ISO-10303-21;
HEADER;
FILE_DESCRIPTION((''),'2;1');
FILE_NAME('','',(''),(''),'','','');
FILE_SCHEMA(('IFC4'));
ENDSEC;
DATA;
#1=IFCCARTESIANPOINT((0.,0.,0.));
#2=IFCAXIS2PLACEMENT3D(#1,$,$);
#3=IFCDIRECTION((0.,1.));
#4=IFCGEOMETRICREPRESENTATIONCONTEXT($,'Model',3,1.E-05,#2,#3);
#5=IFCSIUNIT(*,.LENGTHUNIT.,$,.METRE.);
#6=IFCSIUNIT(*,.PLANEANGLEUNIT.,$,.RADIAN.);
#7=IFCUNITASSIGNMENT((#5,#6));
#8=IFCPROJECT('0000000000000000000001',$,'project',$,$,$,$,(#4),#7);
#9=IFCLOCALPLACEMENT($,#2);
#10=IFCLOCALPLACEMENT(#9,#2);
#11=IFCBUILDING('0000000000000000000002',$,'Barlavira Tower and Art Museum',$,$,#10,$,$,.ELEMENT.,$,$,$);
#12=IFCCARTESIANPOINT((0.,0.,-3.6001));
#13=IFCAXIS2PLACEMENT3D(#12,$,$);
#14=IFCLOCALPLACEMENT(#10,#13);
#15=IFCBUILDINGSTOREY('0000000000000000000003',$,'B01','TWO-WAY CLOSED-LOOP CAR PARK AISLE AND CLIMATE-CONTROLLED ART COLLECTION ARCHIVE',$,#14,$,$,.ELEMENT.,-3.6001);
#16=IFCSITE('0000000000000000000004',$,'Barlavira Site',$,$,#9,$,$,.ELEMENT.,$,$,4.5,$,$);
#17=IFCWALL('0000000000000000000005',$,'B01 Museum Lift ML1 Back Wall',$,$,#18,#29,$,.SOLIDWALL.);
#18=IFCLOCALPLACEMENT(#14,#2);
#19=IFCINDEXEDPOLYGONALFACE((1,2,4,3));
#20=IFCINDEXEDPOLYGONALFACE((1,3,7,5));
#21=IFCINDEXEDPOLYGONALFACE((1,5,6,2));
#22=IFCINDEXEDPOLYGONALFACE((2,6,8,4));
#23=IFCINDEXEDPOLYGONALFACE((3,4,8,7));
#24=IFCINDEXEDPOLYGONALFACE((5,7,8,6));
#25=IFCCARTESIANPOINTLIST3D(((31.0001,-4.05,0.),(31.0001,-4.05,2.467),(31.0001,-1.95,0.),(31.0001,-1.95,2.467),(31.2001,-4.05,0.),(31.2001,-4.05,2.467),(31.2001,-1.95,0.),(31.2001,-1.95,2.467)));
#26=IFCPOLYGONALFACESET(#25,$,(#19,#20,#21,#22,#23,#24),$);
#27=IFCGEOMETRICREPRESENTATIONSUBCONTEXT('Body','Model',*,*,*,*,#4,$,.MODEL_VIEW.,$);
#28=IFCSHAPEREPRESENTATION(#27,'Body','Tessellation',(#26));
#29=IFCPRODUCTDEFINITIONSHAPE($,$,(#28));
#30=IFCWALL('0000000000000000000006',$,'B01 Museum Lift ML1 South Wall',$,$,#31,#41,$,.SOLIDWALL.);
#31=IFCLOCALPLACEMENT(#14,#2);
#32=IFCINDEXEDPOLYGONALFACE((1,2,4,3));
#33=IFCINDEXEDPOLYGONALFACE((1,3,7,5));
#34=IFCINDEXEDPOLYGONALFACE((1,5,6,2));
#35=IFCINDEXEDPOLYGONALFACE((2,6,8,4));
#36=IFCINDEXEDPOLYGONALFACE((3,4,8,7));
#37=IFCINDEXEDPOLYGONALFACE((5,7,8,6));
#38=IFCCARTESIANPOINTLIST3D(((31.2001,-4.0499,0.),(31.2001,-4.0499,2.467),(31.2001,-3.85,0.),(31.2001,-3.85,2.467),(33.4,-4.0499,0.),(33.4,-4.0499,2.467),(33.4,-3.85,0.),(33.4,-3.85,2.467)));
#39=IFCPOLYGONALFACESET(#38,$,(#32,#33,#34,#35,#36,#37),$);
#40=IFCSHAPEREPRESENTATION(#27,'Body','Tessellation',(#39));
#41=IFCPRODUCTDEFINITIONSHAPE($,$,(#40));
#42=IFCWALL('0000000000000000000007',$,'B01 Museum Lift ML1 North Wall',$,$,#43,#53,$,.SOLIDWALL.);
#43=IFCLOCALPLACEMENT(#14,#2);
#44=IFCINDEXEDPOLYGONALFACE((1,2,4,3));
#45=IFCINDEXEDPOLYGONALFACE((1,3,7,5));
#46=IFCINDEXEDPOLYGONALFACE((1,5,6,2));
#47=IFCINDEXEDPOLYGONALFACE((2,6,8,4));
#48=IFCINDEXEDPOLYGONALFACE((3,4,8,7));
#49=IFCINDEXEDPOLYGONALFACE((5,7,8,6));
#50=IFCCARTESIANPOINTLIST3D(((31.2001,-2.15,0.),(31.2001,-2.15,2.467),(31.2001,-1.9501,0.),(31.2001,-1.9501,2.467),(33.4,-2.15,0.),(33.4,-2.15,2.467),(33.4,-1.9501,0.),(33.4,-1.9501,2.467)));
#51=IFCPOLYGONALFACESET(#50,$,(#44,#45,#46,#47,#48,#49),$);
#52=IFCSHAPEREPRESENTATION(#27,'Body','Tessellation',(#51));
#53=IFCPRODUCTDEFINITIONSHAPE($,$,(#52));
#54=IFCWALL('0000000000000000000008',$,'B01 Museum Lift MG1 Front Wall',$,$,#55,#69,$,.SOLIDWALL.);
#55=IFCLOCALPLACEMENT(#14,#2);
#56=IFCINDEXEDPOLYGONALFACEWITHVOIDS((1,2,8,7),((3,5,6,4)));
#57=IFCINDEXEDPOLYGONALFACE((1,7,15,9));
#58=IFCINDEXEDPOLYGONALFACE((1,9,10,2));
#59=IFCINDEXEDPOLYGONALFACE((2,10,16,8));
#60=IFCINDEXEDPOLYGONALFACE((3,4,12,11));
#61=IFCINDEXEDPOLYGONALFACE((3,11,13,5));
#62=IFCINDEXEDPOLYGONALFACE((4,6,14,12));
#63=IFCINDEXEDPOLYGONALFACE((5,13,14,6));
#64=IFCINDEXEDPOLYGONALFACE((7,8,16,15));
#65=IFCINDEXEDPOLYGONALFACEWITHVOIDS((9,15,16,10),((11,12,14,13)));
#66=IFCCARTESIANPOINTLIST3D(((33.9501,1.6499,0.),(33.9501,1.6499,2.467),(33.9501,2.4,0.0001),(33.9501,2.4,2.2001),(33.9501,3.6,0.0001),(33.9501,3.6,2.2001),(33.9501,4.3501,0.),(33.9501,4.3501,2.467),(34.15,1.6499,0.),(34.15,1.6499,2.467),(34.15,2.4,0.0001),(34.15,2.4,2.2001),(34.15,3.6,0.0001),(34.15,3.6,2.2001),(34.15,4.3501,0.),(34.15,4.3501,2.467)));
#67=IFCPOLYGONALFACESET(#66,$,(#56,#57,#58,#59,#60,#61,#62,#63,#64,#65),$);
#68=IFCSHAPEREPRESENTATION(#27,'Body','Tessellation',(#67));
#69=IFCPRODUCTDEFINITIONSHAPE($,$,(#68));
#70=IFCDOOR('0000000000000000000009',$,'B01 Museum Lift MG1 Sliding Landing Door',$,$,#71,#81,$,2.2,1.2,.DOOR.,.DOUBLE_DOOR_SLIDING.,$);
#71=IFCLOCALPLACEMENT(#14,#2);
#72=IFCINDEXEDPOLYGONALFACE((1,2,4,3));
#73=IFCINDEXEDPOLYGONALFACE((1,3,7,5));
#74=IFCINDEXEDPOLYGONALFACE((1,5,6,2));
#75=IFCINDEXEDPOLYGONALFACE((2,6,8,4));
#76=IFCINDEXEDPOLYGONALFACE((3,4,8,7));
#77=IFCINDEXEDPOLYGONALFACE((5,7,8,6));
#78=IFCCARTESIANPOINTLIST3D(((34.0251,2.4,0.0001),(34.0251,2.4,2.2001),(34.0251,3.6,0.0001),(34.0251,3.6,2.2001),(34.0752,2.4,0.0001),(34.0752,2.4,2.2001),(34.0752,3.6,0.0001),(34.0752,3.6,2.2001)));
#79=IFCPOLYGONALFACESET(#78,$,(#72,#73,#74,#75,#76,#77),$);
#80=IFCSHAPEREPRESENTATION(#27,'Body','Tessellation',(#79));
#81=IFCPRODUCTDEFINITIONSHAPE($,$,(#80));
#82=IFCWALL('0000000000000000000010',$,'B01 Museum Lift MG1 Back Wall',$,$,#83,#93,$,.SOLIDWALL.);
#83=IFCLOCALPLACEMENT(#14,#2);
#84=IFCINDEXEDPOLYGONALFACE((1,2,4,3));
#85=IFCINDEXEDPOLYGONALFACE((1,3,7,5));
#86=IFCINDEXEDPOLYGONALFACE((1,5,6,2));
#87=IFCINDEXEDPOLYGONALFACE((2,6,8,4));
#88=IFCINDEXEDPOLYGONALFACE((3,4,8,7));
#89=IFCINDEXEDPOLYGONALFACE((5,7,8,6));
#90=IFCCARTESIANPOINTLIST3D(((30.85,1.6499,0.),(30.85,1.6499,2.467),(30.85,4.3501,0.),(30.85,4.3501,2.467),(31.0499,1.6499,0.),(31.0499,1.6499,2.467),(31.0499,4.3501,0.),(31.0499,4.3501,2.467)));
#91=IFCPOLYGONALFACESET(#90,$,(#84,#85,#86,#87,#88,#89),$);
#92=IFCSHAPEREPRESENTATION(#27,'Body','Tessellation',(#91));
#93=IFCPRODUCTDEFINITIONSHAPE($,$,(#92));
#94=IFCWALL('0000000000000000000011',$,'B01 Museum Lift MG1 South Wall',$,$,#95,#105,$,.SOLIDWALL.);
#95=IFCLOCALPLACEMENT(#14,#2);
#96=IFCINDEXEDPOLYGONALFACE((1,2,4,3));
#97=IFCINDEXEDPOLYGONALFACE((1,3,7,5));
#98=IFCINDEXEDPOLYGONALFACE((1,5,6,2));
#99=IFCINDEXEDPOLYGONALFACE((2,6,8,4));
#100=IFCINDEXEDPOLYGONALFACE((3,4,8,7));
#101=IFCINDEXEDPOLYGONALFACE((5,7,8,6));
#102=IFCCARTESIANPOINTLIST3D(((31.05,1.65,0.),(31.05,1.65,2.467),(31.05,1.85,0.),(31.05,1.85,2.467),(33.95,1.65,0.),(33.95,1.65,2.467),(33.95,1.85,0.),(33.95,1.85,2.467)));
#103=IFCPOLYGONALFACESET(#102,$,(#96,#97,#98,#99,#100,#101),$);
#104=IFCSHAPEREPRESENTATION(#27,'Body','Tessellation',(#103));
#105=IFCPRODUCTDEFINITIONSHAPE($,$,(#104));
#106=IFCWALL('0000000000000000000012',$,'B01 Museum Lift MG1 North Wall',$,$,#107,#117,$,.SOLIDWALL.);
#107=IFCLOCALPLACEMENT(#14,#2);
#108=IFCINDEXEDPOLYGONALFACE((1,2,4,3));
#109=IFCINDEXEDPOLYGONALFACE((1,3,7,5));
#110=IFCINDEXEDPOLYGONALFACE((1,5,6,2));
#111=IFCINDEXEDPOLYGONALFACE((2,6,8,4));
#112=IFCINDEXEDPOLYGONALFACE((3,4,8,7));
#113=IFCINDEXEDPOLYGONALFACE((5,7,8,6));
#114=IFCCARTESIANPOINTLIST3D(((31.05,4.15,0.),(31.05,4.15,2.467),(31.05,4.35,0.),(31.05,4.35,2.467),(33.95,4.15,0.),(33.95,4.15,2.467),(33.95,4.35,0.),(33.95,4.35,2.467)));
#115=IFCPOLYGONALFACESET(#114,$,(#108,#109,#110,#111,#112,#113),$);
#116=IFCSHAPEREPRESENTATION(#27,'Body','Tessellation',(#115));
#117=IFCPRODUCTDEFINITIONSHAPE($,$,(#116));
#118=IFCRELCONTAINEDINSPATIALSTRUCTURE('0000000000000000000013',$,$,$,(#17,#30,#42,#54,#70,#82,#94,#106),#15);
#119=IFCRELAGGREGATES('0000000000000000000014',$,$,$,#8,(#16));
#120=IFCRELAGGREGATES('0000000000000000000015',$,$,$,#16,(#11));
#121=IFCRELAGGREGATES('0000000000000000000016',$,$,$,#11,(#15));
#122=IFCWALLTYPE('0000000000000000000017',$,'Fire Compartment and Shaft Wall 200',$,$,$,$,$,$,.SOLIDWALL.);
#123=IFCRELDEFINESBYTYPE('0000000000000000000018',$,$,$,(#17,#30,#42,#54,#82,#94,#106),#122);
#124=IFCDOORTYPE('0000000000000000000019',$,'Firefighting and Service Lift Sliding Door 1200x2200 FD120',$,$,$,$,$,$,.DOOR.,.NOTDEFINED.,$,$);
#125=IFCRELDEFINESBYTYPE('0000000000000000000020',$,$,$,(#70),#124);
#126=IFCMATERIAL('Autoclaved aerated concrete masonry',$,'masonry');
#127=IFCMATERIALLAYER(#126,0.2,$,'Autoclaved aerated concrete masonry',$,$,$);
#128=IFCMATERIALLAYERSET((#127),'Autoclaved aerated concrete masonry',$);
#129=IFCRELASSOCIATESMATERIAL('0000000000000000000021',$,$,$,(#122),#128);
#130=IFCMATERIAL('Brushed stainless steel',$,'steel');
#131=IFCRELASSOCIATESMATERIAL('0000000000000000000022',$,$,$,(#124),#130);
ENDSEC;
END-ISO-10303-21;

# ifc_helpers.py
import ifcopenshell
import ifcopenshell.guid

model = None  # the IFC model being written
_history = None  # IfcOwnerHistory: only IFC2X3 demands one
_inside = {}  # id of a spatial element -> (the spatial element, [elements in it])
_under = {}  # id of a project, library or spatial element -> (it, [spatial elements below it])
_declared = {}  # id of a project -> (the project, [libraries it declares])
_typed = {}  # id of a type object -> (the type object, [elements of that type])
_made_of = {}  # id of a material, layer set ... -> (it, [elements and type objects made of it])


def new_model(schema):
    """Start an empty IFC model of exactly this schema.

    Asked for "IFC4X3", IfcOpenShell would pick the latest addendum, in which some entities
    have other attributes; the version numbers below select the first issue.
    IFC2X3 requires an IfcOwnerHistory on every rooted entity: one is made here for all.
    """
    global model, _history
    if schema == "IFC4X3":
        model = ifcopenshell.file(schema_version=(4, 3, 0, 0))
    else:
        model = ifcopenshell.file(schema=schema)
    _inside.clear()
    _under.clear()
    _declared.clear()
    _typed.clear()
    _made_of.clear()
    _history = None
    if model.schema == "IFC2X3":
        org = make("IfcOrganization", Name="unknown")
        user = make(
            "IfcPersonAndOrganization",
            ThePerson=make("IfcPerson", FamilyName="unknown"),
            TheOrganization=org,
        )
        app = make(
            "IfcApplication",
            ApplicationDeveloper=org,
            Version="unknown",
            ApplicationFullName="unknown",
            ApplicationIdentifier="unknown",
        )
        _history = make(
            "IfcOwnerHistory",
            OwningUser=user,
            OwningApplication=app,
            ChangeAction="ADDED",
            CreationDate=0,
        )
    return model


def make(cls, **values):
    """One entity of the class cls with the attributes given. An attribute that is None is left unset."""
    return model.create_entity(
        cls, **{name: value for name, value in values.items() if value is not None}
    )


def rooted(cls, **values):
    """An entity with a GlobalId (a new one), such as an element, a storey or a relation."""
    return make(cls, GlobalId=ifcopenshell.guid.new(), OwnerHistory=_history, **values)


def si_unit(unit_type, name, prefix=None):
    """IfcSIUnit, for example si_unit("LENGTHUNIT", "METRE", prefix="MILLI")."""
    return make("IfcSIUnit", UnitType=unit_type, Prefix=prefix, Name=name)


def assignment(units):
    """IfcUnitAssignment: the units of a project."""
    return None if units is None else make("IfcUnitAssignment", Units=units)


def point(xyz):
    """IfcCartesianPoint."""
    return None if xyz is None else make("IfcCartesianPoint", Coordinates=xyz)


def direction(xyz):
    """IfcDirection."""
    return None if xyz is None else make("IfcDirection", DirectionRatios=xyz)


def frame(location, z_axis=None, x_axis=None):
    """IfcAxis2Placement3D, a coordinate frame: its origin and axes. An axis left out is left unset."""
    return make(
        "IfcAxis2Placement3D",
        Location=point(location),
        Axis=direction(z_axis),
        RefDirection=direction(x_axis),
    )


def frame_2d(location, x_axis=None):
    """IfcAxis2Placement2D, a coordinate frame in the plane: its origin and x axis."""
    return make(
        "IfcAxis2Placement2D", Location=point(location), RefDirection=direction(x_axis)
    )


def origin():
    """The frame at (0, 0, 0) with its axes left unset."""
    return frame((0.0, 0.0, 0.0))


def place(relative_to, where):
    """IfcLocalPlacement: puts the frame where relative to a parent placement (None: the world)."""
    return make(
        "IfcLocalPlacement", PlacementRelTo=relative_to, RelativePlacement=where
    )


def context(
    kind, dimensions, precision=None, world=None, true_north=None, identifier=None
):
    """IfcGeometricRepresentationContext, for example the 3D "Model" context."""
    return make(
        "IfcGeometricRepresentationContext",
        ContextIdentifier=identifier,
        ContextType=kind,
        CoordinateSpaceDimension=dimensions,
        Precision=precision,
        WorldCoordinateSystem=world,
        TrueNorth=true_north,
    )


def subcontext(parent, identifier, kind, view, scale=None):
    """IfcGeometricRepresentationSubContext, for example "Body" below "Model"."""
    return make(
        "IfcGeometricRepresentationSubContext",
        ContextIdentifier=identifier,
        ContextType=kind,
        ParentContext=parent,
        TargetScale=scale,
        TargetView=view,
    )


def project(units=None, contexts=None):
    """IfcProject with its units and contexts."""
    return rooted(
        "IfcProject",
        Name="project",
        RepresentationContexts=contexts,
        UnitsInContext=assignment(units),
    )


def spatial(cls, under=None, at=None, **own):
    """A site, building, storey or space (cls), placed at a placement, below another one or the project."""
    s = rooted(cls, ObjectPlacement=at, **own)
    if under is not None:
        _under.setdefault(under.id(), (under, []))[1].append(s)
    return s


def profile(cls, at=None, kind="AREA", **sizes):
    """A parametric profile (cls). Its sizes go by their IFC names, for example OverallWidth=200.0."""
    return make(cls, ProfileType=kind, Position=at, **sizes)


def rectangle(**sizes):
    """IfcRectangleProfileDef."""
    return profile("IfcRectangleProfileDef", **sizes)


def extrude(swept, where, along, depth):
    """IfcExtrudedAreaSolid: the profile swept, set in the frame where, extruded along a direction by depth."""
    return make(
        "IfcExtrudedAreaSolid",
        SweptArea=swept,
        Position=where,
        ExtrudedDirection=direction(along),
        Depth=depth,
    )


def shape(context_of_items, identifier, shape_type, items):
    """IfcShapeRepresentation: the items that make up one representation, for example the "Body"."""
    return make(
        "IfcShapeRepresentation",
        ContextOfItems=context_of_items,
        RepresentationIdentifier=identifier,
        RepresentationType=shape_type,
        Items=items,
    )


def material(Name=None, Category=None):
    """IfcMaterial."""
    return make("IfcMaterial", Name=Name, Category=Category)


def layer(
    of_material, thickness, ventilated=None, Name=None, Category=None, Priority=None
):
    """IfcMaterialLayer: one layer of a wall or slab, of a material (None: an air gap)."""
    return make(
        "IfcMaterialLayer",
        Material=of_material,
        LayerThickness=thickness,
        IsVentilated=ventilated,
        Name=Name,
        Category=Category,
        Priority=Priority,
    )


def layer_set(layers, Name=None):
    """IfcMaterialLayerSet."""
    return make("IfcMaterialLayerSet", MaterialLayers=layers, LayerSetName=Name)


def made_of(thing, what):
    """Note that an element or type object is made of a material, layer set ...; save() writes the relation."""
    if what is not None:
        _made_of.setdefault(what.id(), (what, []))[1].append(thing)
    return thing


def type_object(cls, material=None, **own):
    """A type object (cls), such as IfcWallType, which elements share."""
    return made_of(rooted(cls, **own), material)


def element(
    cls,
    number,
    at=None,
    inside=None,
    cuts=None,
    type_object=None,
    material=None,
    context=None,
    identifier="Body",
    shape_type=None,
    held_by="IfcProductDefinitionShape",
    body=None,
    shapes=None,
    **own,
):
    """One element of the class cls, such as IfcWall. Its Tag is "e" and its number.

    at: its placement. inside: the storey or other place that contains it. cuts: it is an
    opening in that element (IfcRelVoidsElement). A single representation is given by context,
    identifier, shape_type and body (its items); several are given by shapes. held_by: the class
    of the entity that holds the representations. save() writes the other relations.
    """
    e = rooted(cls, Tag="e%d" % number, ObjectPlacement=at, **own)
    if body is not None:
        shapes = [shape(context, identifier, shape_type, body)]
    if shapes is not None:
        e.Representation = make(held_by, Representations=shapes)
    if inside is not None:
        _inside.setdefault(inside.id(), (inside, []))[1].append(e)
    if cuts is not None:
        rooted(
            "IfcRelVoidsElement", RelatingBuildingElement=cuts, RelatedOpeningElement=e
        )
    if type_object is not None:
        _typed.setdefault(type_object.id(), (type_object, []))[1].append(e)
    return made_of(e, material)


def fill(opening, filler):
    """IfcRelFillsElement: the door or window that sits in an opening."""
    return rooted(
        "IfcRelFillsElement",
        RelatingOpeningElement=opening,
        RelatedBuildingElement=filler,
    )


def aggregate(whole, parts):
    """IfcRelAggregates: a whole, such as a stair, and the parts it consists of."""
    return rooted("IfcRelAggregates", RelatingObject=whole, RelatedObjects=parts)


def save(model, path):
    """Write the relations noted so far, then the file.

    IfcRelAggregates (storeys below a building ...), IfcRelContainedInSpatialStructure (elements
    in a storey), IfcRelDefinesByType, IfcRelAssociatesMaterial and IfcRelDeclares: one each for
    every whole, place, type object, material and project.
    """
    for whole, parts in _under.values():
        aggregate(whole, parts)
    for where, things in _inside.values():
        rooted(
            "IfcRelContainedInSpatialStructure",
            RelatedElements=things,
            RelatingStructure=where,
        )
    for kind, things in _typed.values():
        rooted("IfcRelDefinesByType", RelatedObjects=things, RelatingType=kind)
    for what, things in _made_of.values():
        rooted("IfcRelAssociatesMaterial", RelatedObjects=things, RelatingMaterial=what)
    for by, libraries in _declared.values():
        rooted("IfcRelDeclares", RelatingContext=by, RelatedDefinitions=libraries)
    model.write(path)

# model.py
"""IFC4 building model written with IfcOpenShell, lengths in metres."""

from ifc_helpers import new_model, si_unit, direction, frame, frame_2d, origin, place, context, subcontext, project, spatial, rectangle, extrude, material, layer, layer_set, type_object, element, fill, save


model = new_model("IFC4")

# Units and contexts
model_context = context("Model", 3, precision=1e-05, world=origin(), true_north=direction((0.0, 1.0)))
body_context = subcontext(model_context, "Body", "Model", "MODEL_VIEW")
ifc_project = project(units=[si_unit("LENGTHUNIT", "METRE"), si_unit("PLANEANGLEUNIT", "RADIAN")], contexts=[model_context])

# Site, building, storey
site_placement = place(None, origin())
site = spatial("IfcSite", under=ifc_project, at=site_placement, Name="Barlavira Site", CompositionType="ELEMENT", RefElevation=4.5)
building_placement = place(site_placement, origin())
building = spatial("IfcBuilding", under=site, at=building_placement, Name="Barlavira Tower and Art Museum", CompositionType="ELEMENT")
storey_placement = place(building_placement, frame((0.0, 0.0, -3.6001)))
storey = spatial("IfcBuildingStorey", under=building, at=storey_placement, Name="B01", Description="TWO-WAY CLOSED-LOOP CAR PARK AISLE AND CLIMATE-CONTROLLED ART COLLECTION ARCHIVE", CompositionType="ELEMENT", Elevation=-3.6001)

# Shared definitions
ifc_material_1 = material(Name="Autoclaved aerated concrete masonry", Category="masonry")
ifc_layer = layer(ifc_material_1, 0.2, Name="Autoclaved aerated concrete masonry")
ifc_layer_set = layer_set([ifc_layer], Name="Autoclaved aerated concrete masonry")
wall_type = type_object("IfcWallType", Name="Fire Compartment and Shaft Wall 200", PredefinedType="SOLIDWALL", material=ifc_layer_set)
ifc_material_2 = material(Name="Brushed stainless steel", Category="steel")

# Walls
wall_1_placement = place(storey_placement, frame((31.1001, -4.05, 0.0), z_axis=(0.0, 0.0, 1.0), x_axis=(0.0, 1.0, 0.0)))
element("IfcWall", 1, at=wall_1_placement, inside=storey, type_object=wall_type, Name="B01 Museum Lift ML1 Back Wall", PredefinedType="SOLIDWALL", context=body_context, shape_type="SweptSolid", body=[
    extrude(rectangle(XDim=2.1001, YDim=0.2, at=frame_2d((1.05, 0.0))), origin(), (0.0, 0.0, 1.0), 2.467),
])
for number, where, z_axis, x_axis, name in (
    (2, (31.2, -3.95, 0.0), (0.0, 0.0, 1.0), (1.0, 0.0, 0.0), "B01 Museum Lift ML1 South Wall"),
    (3, (31.2, -2.05, 0.0), (0.0, 0.0, 1.0), (1.0, 0.0, 0.0), "B01 Museum Lift ML1 North Wall"),
):
    element("IfcWall", number, at=place(storey_placement, frame(where, z_axis=z_axis, x_axis=x_axis)), inside=storey, type_object=wall_type, Name=name, PredefinedType="SOLIDWALL", context=body_context, shape_type="SweptSolid", body=[
        extrude(rectangle(XDim=2.2, YDim=0.2, at=frame_2d((1.1001, 0.0))), origin(), (0.0, 0.0, 1.0), 2.467),
    ])

# Wall, opening, door
wall_2_placement = place(storey_placement, frame((34.05, 1.6499, 0.0), z_axis=(0.0, 0.0, 1.0), x_axis=(0.0, 1.0, 0.0)))
wall_2 = element("IfcWall", 4, at=wall_2_placement, inside=storey, type_object=wall_type, Name="B01 Museum Lift MG1 Front Wall", PredefinedType="SOLIDWALL", context=body_context, shape_type="SweptSolid", body=[
    extrude(rectangle(XDim=2.7002, YDim=0.2, at=frame_2d((1.3501, 0.0))), origin(), (0.0, 0.0, 1.0), 2.467),
])
opening_1_placement = place(wall_2_placement, frame((0.75, 0.0, 0.0)))
opening_1 = element("IfcOpeningElement", 5, at=opening_1_placement, cuts=wall_2, PredefinedType="OPENING", context=body_context, shape_type="SweptSolid", body=[
    extrude(rectangle(XDim=1.2, YDim=2.2, at=frame_2d((0.6001, 1.1001))), frame((0.0, 0.1099, 0.0), z_axis=(0.0, -1.0, 0.0), x_axis=(1.0, 0.0, 0.0)), (0.0, 0.0, 1.0), 0.22),
])
door_type_1 = type_object("IfcDoorType", Name="Firefighting and Service Lift Sliding Door 1200x2200 FD120", OperationType="NOTDEFINED", PredefinedType="DOOR", material=ifc_material_2)
door_1_placement = place(opening_1_placement, origin())
door_1 = element("IfcDoor", 6, at=door_1_placement, inside=storey, type_object=door_type_1, Name="B01 Museum Lift MG1 Sliding Landing Door", OperationType="DOUBLE_DOOR_SLIDING", OverallHeight=2.2, OverallWidth=1.2, PredefinedType="DOOR", context=body_context, shape_type="SweptSolid", body=[
    extrude(rectangle(XDim=1.2, YDim=2.2, at=frame_2d((0.6001, 1.1001))), frame((0.0, 0.0249, 0.0), z_axis=(0.0, -1.0, 0.0), x_axis=(1.0, 0.0, 0.0)), (0.0, 0.0, 1.0), 0.05),
])
fill(opening_1, door_1)

# Walls
wall_3_placement = place(storey_placement, frame((30.95, 1.6499, 0.0), z_axis=(0.0, 0.0, 1.0), x_axis=(0.0, 1.0, 0.0)))
element("IfcWall", 7, at=wall_3_placement, inside=storey, type_object=wall_type, Name="B01 Museum Lift MG1 Back Wall", PredefinedType="SOLIDWALL", context=body_context, shape_type="SweptSolid", body=[
    extrude(rectangle(XDim=2.7002, YDim=0.2, at=frame_2d((1.3501, 0.0))), origin(), (0.0, 0.0, 1.0), 2.467),
])
for number, where, z_axis, x_axis, name in (
    (8, (31.05, 1.75, 0.0), (0.0, 0.0, 1.0), (1.0, 0.0, 0.0), "B01 Museum Lift MG1 South Wall"),
    (9, (31.05, 4.25, 0.0), (0.0, 0.0, 1.0), (1.0, 0.0, 0.0), "B01 Museum Lift MG1 North Wall"),
):
    element("IfcWall", number, at=place(storey_placement, frame(where, z_axis=z_axis, x_axis=x_axis)), inside=storey, type_object=wall_type, Name=name, PredefinedType="SOLIDWALL", context=body_context, shape_type="SweptSolid", body=[
        extrude(rectangle(XDim=2.8999, YDim=0.2, at=frame_2d((1.45, 0.0))), origin(), (0.0, 0.0, 1.0), 2.467),
    ])

save(model, "model.ifc")
